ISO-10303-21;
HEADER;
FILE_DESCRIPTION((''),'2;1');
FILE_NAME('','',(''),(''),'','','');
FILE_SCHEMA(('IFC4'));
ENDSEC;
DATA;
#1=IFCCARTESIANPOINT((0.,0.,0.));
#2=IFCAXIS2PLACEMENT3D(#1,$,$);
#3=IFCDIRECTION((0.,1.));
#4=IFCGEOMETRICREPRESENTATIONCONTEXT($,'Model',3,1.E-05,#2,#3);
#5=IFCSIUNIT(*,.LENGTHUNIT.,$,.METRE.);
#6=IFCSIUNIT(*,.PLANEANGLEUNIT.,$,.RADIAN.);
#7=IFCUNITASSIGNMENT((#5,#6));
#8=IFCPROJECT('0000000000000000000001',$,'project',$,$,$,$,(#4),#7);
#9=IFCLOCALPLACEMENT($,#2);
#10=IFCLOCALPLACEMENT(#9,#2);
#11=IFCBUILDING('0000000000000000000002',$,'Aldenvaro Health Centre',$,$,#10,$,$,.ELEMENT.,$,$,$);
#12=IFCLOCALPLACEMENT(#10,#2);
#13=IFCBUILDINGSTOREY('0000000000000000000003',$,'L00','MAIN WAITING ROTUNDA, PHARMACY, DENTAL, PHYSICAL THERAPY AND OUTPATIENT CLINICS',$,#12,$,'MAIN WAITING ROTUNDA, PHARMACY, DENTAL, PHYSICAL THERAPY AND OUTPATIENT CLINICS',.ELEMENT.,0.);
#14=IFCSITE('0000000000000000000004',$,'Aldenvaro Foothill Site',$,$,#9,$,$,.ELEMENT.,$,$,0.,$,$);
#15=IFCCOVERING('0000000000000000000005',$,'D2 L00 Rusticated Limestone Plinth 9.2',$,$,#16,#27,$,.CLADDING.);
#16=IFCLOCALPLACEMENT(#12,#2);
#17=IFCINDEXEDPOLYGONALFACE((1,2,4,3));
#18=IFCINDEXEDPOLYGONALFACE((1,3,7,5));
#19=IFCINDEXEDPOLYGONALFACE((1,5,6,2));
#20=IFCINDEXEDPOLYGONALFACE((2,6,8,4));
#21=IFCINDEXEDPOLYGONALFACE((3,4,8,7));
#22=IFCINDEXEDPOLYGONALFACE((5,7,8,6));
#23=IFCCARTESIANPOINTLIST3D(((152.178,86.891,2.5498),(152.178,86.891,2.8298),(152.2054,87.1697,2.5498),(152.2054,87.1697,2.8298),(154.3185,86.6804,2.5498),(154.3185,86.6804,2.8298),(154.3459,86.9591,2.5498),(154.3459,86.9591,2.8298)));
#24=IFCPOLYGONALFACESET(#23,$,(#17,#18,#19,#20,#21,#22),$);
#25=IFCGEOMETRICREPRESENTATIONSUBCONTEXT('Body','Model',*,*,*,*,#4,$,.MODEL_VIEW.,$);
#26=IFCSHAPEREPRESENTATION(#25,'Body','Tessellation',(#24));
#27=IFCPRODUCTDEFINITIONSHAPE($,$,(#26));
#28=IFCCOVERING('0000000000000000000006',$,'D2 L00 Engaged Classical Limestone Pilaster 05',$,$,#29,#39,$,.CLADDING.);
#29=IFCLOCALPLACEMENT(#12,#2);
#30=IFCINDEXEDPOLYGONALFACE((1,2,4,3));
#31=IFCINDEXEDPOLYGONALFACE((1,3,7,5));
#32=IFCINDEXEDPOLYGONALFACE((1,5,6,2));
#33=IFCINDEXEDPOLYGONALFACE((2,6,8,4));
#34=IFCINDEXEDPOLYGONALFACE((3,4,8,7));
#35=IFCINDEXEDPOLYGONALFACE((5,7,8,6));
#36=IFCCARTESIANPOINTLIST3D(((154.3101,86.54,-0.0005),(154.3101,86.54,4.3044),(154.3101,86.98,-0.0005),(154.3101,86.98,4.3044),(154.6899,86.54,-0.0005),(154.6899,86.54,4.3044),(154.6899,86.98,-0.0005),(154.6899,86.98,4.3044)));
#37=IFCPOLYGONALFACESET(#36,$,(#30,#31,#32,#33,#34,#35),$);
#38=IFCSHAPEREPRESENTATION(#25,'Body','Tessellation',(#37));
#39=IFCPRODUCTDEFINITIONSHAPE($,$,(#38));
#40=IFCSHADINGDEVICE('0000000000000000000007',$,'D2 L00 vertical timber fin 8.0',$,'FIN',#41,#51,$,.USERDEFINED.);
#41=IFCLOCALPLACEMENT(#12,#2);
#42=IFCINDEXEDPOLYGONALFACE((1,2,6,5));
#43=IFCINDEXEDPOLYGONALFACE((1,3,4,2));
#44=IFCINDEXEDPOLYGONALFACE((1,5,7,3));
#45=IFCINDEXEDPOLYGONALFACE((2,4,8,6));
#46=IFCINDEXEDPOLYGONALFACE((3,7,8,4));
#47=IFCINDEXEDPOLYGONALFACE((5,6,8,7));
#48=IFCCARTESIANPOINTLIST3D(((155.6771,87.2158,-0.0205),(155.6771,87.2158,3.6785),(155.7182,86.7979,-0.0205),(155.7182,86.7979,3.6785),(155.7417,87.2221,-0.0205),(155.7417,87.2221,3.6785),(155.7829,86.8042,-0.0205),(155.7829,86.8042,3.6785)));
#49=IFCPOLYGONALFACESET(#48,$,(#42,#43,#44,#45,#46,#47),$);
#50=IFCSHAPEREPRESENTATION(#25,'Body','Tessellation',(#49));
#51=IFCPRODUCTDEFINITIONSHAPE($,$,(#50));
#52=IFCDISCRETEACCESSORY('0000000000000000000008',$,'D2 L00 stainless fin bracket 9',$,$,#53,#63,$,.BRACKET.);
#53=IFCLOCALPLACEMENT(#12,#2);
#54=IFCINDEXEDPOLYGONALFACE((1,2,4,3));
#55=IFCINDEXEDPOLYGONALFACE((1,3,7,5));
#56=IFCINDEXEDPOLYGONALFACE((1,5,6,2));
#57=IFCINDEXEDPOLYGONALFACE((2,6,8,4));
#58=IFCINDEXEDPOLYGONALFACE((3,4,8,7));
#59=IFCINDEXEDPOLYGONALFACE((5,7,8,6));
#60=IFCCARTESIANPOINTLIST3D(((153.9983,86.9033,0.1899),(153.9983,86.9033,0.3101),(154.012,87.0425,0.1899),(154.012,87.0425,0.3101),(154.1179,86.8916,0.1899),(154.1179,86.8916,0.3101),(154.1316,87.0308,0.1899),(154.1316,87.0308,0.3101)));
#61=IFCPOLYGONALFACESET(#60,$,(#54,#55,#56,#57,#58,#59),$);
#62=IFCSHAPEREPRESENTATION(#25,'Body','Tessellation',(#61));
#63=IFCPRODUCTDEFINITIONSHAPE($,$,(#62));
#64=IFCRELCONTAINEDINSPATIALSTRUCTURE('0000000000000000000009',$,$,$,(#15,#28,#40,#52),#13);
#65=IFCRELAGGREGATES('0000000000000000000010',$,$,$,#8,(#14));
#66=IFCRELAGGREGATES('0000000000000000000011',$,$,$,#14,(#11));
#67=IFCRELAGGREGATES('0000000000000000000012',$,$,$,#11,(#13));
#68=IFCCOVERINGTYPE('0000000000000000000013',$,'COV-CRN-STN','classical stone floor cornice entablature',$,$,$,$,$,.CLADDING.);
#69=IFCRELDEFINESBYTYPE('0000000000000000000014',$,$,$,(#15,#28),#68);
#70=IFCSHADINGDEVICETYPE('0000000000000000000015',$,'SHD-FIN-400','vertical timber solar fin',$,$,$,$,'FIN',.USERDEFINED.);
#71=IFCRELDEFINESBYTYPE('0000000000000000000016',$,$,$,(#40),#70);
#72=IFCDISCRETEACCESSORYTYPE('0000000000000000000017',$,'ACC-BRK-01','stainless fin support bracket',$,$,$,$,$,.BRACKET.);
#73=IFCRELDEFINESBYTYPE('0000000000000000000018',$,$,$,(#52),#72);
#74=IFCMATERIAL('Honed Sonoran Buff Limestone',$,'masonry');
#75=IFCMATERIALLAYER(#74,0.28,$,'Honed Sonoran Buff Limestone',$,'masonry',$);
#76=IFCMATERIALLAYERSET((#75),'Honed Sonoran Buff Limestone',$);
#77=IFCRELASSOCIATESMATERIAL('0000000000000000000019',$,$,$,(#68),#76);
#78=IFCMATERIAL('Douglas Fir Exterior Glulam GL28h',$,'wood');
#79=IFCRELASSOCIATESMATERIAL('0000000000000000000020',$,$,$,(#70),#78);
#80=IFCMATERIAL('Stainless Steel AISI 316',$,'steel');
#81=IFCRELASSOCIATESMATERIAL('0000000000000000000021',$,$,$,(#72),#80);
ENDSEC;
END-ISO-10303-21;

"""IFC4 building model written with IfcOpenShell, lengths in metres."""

from ifc_helpers import new_model, si_unit, direction, frame, origin, origin_2d, place, context, subcontext, project, spatial, rectangle, extrude, material, layer, layer_set, type_object, element, save


model = new_model("IFC4")

# Units and contexts
model_context = context("Model", 3, precision=1e-05, world=origin(), true_north=direction((0.0, 1.0)))
body_context = subcontext(model_context, "Body", "Model", "MODEL_VIEW")
ifc_project = project(units=[si_unit("LENGTHUNIT", "METRE"), si_unit("PLANEANGLEUNIT", "RADIAN")], contexts=[model_context])

# Site, building, storey
site_placement = place(None, origin())
site = spatial("IfcSite", under=ifc_project, at=site_placement, Name="Aldenvaro Foothill Site", CompositionType="ELEMENT", RefElevation=0.0)
building_placement = place(site_placement, origin())
building = spatial("IfcBuilding", under=site, at=building_placement, Name="Aldenvaro Health Centre", CompositionType="ELEMENT")
storey_placement = place(building_placement, origin())
storey = spatial("IfcBuildingStorey", under=building, at=storey_placement, Name="L00", Description="MAIN WAITING ROTUNDA, PHARMACY, DENTAL, PHYSICAL THERAPY AND OUTPATIENT CLINICS", LongName="MAIN WAITING ROTUNDA, PHARMACY, DENTAL, PHYSICAL THERAPY AND OUTPATIENT CLINICS", CompositionType="ELEMENT", Elevation=0.0)

# Coverings
ifc_material_1 = material(Name="Honed Sonoran Buff Limestone", Category="masonry")
ifc_layer_1 = layer(ifc_material_1, 0.28, Name="Honed Sonoran Buff Limestone", Category="masonry")
ifc_layer_set_1 = layer_set([ifc_layer_1], Name="Honed Sonoran Buff Limestone")
covering_type = type_object("IfcCoveringType", Name="COV-CRN-STN", Description="classical stone floor cornice entablature", PredefinedType="CLADDING", material=ifc_layer_set_1)
covering_1_placement = place(storey_placement, frame((153.262, 86.925, 2.5498), z_axis=(0.0, 0.0, 1.0), x_axis=(-0.995195, 0.097915, 0.0)))
element("IfcCovering", 1, at=covering_1_placement, inside=storey, type_object=covering_type, Name="D2 L00 Rusticated Limestone Plinth 9.2", PredefinedType="CLADDING", context=body_context, shape_type="SweptSolid", body=[
    extrude(rectangle(XDim=2.1509, YDim=0.28, at=origin_2d()), origin(), (0.0, 0.0, 1.0), 0.28),
])
covering_2_placement = place(storey_placement, frame((154.5, 86.76, -0.0005), z_axis=(0.0, 0.0, 1.0), x_axis=(0.0, -1.0, 0.0)))
element("IfcCovering", 2, at=covering_2_placement, inside=storey, type_object=covering_type, Name="D2 L00 Engaged Classical Limestone Pilaster 05", PredefinedType="CLADDING", context=body_context, shape_type="SweptSolid", body=[
    extrude(rectangle(XDim=0.4399, YDim=0.3799, at=origin_2d()), origin(), (0.0, 0.0, 1.0), 4.3049),
])

# Shading device
ifc_material_2 = material(Name="Douglas Fir Exterior Glulam GL28h", Category="wood")
shading_device_type = type_object("IfcShadingDeviceType", Name="SHD-FIN-400", Description="vertical timber solar fin", ElementType="FIN", PredefinedType="USERDEFINED", material=ifc_material_2)
shading_device_placement = place(storey_placement, frame((155.73, 87.01, -0.0205), z_axis=(0.0, 0.0, 1.0), x_axis=(-0.995195, -0.097915, 0.0)))
element("IfcShadingDevice", 3, at=shading_device_placement, inside=storey, type_object=shading_device_type, Name="D2 L00 vertical timber fin 8.0", ObjectType="FIN", PredefinedType="USERDEFINED", context=body_context, shape_type="SweptSolid", body=[
    extrude(rectangle(XDim=0.0649, YDim=0.4199, at=origin_2d()), origin(), (0.0, 0.0, 1.0), 3.699),
])

# Discrete accessory
ifc_material_3 = material(Name="Stainless Steel AISI 316", Category="steel")
discrete_accessory_type = type_object("IfcDiscreteAccessoryType", Name="ACC-BRK-01", Description="stainless fin support bracket", PredefinedType="BRACKET", material=ifc_material_3)
discrete_accessory_placement = place(storey_placement, frame((154.0649, 86.967, 0.1899), z_axis=(0.0, 0.0, 1.0), x_axis=(-0.995195, 0.097915, 0.0)))
element("IfcDiscreteAccessory", 4, at=discrete_accessory_placement, inside=storey, type_object=discrete_accessory_type, Name="D2 L00 stainless fin bracket 9", PredefinedType="BRACKET", context=body_context, shape_type="SweptSolid", body=[
    extrude(rectangle(XDim=0.1201, YDim=0.1399, at=origin_2d()), origin(), (0.0, 0.0, 1.0), 0.1201),
])

save(model, "model.ifc")
